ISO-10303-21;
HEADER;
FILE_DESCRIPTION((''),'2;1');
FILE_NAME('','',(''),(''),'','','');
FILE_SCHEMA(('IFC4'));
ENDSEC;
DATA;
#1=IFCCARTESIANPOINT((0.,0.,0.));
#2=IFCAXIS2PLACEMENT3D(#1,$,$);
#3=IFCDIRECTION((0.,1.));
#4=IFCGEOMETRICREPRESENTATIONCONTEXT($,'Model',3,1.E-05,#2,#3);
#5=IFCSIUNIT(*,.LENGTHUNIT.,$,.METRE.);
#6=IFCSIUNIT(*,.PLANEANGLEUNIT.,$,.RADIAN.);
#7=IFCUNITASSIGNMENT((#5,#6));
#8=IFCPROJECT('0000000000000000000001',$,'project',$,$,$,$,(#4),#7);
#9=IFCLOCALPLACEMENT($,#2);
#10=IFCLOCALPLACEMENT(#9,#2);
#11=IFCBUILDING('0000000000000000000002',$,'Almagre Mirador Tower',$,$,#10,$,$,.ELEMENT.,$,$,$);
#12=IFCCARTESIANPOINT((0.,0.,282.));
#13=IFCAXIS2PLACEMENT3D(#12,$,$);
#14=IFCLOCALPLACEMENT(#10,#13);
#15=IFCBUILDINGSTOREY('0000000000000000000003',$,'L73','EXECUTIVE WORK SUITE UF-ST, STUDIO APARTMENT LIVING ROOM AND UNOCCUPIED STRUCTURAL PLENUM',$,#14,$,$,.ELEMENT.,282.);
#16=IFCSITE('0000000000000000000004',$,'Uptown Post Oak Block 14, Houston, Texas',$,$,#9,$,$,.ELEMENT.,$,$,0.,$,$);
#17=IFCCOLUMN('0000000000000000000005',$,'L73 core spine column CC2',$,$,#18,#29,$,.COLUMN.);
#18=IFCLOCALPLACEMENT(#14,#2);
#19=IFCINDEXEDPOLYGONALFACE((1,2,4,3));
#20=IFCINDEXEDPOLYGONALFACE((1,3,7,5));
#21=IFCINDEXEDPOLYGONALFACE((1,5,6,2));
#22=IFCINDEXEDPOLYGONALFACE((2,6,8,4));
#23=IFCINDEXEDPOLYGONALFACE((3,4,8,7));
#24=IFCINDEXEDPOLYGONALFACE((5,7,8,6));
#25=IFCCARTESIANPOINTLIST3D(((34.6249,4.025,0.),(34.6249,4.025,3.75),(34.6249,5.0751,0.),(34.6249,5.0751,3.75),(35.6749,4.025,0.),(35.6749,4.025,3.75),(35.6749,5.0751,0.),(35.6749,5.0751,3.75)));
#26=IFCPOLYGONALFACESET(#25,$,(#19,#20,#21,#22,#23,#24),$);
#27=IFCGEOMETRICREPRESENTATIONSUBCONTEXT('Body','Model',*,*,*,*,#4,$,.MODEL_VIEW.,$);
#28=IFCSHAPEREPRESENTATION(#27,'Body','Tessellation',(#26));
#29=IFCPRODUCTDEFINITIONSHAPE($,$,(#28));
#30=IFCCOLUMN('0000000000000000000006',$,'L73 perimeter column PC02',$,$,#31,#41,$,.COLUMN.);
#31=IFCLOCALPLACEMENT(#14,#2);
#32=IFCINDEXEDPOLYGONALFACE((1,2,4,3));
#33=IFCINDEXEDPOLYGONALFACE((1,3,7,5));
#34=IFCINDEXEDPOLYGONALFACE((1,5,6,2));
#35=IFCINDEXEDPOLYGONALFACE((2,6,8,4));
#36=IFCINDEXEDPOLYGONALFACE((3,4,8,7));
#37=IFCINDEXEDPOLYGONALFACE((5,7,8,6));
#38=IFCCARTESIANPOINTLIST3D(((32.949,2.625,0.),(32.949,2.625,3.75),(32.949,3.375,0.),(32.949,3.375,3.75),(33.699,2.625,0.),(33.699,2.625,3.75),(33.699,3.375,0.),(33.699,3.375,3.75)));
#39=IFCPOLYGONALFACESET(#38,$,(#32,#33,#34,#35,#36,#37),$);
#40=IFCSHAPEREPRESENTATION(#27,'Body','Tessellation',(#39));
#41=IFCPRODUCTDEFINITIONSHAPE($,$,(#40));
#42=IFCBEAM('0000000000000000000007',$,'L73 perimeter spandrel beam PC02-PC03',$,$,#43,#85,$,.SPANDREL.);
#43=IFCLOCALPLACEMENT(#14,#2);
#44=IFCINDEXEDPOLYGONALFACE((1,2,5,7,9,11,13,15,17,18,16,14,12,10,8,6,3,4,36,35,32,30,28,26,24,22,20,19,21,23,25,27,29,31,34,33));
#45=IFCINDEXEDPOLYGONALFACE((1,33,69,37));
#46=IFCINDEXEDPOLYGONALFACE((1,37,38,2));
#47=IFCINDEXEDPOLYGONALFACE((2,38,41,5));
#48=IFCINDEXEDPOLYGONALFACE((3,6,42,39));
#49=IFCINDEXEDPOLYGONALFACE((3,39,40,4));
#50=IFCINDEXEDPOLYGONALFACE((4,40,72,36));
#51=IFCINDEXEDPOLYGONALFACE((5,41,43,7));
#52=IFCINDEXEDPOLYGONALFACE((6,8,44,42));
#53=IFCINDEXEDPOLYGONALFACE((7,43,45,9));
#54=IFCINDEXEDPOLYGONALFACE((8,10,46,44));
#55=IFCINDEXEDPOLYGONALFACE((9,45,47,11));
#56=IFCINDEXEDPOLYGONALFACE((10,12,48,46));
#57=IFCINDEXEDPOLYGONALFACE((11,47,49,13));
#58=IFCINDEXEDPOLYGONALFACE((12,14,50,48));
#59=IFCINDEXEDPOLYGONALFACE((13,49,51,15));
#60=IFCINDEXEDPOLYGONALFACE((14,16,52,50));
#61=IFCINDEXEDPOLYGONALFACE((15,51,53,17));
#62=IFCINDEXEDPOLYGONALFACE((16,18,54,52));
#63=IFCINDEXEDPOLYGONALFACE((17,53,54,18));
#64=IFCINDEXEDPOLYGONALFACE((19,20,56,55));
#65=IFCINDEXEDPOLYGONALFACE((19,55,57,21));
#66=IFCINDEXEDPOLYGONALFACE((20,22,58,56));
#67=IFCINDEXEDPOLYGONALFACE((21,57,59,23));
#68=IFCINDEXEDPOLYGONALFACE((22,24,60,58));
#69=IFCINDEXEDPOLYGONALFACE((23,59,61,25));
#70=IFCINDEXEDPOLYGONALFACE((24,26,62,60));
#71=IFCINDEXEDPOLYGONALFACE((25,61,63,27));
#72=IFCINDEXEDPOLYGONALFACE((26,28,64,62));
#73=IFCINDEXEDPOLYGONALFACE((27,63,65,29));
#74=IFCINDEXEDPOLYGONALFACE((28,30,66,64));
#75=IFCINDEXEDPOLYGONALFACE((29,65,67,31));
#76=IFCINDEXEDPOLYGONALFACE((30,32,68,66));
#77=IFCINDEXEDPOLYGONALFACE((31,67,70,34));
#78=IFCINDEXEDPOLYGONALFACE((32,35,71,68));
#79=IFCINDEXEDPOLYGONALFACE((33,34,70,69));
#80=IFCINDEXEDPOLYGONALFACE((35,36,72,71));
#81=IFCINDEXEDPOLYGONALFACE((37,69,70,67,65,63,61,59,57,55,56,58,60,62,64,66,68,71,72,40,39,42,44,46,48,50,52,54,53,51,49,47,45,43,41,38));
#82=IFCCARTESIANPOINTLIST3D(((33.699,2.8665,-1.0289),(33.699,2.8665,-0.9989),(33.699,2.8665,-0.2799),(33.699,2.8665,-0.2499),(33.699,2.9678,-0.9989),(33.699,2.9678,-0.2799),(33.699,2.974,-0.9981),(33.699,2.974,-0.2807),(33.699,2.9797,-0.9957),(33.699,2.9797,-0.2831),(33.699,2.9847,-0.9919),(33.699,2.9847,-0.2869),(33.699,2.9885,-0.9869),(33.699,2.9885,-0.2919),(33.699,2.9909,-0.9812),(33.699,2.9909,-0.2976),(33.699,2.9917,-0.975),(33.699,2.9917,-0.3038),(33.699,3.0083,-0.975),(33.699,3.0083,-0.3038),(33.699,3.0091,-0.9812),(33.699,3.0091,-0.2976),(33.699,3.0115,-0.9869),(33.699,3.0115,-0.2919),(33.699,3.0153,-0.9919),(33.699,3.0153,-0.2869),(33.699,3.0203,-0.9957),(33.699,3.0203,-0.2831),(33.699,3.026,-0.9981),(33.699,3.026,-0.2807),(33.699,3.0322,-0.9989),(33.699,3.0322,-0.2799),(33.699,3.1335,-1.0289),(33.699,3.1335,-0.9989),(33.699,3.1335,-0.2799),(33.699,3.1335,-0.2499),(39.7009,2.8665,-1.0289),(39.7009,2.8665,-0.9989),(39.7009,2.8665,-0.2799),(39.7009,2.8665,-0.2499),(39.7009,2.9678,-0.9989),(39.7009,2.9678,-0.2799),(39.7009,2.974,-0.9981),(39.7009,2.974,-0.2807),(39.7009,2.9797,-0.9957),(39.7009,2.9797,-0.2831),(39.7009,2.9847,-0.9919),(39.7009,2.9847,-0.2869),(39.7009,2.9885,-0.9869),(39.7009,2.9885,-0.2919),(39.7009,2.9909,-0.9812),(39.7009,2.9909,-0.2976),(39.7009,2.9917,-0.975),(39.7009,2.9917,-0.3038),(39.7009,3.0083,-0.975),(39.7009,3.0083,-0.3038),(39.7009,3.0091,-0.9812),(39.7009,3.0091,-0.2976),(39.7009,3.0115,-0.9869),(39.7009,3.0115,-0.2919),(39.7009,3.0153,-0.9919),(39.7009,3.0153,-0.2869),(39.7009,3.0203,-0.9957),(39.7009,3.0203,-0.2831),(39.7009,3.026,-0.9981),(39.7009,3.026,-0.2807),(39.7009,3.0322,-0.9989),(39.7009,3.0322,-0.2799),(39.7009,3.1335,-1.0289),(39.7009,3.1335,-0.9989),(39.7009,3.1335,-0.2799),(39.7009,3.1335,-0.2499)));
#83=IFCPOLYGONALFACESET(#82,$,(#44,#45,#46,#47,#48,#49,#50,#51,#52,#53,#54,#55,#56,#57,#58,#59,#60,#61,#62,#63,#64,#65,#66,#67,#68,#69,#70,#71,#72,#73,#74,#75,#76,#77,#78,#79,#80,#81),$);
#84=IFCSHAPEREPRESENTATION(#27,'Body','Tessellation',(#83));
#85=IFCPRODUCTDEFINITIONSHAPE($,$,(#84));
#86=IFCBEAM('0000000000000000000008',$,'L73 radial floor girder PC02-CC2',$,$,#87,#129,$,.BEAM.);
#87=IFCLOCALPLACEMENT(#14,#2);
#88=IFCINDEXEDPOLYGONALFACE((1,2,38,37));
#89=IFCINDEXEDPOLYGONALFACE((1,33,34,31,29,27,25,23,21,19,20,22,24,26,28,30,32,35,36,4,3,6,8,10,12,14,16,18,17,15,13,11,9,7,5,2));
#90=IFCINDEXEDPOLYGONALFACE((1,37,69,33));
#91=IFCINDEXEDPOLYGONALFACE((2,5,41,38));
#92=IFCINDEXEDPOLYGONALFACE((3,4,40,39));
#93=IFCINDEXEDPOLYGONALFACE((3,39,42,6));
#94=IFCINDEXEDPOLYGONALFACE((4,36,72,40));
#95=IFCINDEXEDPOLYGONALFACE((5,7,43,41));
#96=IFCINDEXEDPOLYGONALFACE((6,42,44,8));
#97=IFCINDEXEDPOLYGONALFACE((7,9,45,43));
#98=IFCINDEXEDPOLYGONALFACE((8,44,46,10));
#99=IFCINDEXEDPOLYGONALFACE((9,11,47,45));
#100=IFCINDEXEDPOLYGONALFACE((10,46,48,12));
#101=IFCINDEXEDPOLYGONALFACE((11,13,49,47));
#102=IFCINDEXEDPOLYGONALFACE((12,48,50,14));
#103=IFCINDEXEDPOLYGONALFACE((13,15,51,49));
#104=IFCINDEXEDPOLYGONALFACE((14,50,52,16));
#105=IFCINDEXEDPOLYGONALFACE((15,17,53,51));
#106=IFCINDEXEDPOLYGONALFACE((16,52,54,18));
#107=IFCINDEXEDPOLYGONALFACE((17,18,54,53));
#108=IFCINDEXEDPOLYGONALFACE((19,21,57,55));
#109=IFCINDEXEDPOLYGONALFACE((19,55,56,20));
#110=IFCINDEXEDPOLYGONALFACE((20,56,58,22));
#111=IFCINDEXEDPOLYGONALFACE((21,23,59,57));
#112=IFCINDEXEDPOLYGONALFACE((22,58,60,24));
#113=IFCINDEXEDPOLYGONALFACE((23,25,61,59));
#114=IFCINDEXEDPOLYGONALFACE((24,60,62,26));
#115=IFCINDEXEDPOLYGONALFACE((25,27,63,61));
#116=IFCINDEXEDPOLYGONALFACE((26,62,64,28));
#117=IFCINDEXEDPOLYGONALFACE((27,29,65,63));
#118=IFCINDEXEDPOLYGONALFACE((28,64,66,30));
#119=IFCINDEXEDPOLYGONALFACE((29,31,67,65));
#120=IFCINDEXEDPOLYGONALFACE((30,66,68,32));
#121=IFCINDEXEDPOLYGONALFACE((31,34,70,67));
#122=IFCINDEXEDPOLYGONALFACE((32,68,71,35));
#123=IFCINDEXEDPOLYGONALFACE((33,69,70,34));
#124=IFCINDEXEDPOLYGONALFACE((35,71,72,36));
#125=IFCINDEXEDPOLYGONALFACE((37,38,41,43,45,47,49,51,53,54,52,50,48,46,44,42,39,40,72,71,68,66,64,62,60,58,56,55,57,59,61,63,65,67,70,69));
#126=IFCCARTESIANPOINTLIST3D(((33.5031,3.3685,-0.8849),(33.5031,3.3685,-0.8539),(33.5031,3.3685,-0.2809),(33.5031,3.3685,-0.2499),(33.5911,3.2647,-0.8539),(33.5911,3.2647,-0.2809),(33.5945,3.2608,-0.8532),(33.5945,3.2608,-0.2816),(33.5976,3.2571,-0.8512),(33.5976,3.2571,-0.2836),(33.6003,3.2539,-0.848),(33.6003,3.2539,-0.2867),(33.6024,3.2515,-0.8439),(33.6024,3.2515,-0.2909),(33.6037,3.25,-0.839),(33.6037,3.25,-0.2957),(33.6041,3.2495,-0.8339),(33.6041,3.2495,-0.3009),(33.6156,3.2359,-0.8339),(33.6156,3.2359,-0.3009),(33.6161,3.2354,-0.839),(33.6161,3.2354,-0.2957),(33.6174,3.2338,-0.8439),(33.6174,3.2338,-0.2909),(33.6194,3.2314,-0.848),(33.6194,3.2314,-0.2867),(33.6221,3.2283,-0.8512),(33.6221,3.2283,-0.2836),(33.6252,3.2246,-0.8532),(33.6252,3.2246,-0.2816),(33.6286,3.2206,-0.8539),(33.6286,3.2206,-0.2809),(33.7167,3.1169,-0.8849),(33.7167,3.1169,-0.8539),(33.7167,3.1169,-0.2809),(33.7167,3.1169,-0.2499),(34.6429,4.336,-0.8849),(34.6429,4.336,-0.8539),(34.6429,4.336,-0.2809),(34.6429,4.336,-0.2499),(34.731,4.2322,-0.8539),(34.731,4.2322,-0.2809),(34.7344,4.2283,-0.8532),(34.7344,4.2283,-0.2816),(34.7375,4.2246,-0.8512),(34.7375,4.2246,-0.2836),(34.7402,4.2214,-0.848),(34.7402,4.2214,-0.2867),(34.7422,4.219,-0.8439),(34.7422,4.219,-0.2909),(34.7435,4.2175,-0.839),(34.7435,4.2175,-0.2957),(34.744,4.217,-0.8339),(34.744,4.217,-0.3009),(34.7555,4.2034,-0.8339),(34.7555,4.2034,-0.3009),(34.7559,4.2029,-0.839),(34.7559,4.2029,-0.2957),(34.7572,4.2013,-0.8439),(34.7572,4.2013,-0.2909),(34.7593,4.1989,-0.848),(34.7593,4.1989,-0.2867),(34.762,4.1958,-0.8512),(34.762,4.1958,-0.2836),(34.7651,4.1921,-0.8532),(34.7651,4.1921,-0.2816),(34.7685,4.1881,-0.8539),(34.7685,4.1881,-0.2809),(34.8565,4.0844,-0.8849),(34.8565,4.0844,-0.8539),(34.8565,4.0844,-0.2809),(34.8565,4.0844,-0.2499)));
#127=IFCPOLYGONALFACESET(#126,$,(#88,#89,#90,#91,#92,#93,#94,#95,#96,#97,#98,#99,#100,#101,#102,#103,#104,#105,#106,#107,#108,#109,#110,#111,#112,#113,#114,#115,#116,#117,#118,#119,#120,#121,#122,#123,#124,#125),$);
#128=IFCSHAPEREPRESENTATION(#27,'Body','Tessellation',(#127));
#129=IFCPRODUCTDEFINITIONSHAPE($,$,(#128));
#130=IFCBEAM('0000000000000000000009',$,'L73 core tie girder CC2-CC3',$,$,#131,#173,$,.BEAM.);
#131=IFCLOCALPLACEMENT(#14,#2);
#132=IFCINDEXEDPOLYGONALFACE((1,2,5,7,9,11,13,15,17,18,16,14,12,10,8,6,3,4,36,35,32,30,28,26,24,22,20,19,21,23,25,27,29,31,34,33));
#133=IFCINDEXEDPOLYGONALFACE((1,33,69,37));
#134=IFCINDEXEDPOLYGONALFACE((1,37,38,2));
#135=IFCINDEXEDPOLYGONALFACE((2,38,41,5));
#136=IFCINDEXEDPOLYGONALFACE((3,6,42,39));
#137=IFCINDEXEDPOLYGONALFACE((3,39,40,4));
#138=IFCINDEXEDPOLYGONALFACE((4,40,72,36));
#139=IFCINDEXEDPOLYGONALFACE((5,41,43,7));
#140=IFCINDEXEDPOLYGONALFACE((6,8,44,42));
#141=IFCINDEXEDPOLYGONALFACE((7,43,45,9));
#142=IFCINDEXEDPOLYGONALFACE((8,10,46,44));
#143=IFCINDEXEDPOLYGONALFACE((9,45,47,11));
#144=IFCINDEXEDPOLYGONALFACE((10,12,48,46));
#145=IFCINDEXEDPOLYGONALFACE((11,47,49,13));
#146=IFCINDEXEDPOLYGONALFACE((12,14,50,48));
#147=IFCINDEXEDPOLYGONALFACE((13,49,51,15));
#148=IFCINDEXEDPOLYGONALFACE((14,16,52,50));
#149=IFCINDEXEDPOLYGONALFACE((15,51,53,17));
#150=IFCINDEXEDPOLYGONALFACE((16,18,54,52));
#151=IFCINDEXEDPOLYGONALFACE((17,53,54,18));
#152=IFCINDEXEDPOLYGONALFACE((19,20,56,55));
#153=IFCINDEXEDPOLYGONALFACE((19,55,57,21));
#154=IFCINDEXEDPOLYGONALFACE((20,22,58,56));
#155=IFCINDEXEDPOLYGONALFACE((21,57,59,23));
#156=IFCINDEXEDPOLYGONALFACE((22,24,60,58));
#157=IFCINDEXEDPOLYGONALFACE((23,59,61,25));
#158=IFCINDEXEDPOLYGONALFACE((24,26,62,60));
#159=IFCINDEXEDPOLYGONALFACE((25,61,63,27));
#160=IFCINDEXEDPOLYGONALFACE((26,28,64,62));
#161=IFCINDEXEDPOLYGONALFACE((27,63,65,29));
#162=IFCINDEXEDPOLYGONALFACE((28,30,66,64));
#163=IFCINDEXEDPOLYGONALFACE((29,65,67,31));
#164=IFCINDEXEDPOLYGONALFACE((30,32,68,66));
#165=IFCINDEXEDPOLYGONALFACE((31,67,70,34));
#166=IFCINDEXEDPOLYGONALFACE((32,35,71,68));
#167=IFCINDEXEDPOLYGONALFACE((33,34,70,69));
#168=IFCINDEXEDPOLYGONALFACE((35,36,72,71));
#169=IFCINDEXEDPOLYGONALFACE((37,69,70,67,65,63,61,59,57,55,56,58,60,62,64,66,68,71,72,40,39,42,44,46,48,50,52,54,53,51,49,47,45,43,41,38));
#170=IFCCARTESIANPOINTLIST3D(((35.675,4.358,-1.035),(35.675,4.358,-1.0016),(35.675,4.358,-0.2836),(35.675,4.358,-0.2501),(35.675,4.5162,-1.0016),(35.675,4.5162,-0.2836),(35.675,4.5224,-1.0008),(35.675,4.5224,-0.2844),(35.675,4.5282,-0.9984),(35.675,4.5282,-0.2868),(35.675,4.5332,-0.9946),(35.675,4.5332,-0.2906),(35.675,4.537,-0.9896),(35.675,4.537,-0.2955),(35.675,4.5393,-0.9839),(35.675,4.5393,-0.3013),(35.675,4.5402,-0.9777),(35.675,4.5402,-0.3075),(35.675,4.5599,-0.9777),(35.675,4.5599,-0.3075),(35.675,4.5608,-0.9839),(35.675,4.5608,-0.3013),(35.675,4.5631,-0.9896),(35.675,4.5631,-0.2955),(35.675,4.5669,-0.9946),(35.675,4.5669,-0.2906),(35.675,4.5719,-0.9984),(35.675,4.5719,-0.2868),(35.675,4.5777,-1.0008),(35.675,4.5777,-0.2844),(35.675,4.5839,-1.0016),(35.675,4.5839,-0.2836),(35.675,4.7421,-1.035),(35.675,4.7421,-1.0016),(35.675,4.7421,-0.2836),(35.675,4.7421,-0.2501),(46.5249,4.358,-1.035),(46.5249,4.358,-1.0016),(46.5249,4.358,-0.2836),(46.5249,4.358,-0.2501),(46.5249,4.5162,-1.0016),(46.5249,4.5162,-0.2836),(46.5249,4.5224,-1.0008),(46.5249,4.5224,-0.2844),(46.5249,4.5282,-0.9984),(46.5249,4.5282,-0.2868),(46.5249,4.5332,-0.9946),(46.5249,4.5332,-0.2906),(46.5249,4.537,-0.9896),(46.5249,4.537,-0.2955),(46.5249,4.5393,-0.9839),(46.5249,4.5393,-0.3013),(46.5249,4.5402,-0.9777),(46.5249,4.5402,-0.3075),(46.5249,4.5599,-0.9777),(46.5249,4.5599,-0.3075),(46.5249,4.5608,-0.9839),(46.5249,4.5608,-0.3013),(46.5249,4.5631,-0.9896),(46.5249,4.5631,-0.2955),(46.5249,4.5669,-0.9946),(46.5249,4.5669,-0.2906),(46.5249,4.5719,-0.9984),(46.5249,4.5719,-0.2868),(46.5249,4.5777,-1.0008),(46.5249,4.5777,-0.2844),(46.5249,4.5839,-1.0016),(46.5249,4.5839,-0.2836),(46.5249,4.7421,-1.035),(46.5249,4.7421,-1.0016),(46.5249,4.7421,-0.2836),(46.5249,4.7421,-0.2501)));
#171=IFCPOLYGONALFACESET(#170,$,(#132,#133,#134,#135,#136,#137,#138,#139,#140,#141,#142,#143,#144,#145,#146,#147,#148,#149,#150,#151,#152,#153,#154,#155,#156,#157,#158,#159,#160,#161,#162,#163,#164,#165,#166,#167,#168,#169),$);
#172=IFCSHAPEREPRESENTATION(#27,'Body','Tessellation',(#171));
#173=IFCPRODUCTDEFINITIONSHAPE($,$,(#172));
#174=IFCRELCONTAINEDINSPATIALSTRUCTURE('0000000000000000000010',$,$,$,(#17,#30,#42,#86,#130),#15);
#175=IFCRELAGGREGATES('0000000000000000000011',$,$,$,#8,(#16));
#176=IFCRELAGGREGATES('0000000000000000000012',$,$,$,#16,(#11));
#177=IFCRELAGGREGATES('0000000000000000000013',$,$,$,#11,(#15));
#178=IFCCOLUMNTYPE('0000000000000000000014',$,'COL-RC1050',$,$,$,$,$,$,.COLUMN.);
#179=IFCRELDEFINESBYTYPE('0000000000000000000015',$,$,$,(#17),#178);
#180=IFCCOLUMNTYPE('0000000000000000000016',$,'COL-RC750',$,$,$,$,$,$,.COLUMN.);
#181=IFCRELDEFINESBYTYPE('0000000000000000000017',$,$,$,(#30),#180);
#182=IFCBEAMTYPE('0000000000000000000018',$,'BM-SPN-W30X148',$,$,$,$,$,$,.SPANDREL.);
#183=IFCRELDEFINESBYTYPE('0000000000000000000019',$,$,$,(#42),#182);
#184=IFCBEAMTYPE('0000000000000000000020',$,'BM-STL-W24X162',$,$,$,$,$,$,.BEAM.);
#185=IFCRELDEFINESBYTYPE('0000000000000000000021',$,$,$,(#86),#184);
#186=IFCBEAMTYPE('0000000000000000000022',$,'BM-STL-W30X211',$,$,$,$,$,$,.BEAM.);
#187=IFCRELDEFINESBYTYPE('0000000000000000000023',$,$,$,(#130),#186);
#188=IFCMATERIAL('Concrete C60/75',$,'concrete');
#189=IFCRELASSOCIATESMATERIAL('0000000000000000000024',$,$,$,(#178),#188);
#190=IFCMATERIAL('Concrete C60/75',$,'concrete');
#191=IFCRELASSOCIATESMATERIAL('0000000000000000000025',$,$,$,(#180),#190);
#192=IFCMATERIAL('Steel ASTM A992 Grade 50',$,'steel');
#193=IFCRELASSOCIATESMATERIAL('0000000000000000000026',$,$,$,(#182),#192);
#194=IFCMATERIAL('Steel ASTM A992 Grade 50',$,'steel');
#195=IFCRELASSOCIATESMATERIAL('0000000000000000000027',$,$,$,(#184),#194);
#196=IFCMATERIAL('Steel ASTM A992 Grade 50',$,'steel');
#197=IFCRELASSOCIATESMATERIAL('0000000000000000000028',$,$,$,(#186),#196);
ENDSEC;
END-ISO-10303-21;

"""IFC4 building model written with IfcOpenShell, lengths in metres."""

from ifc_helpers import new_model, si_unit, direction, frame, origin, origin_2d, place, context, subcontext, project, spatial, rectangle, i_section, extrude, material, material_profile, profile_set, type_object, element, save


model = new_model("IFC4")

# Units and contexts
model_context = context("Model", 3, precision=1e-05, world=origin(), true_north=direction((0.0, 1.0)))
body_context = subcontext(model_context, "Body", "Model", "MODEL_VIEW")
ifc_project = project(units=[si_unit("LENGTHUNIT", "METRE"), si_unit("PLANEANGLEUNIT", "RADIAN")], contexts=[model_context])

# Site, building, storey
site_placement = place(None, origin())
site = spatial("IfcSite", under=ifc_project, at=site_placement, Name="Uptown Post Oak Block 14, Houston, Texas", CompositionType="ELEMENT", RefElevation=0.0)
building_placement = place(site_placement, origin())
building = spatial("IfcBuilding", under=site, at=building_placement, Name="Almagre Mirador Tower", CompositionType="ELEMENT")
storey_placement = place(building_placement, frame((0.0, 0.0, 282.0)))
storey = spatial("IfcBuildingStorey", under=building, at=storey_placement, Name="L73", Description="EXECUTIVE WORK SUITE UF-ST, STUDIO APARTMENT LIVING ROOM AND UNOCCUPIED STRUCTURAL PLENUM", CompositionType="ELEMENT", Elevation=282.0)

# Columns
ifc_material_1 = material(Name="Concrete C60/75", Category="concrete")
ifc_material_profile_1 = material_profile(ifc_material_1, rectangle(XDim=1.05, YDim=1.05, at=origin_2d()), Name="RC1050X1050")
ifc_profile_set_1 = profile_set([ifc_material_profile_1], Name="Concrete C60/75")
column_type_1 = type_object("IfcColumnType", Name="COL-RC1050", PredefinedType="COLUMN", material=ifc_profile_set_1)
column_1_placement = place(storey_placement, frame((35.1499, 4.55, 0.0), z_axis=(0.0, 0.0, 1.0), x_axis=(1.0, 0.0, 0.0)))
element("IfcColumn", 1, at=column_1_placement, inside=storey, type_object=column_type_1, Name="L73 core spine column CC2", PredefinedType="COLUMN", context=body_context, shape_type="SweptSolid", body=[
    extrude(rectangle(XDim=1.05, YDim=1.05, at=origin_2d()), origin(), (0.0, 0.0, 1.0), 3.75),
])
ifc_material_2 = material(Name="Concrete C60/75", Category="concrete")
ifc_material_profile_2 = material_profile(ifc_material_2, rectangle(XDim=0.75, YDim=0.75, at=origin_2d()), Name="RC750X750")
ifc_profile_set_2 = profile_set([ifc_material_profile_2], Name="Concrete C60/75")
column_type_2 = type_object("IfcColumnType", Name="COL-RC750", PredefinedType="COLUMN", material=ifc_profile_set_2)
column_2_placement = place(storey_placement, frame((33.324, 3.0, 0.0), z_axis=(0.0, 0.0, 1.0), x_axis=(1.0, 0.0, 0.0)))
element("IfcColumn", 2, at=column_2_placement, inside=storey, type_object=column_type_2, Name="L73 perimeter column PC02", PredefinedType="COLUMN", context=body_context, shape_type="SweptSolid", body=[
    extrude(rectangle(XDim=0.75, YDim=0.75, at=origin_2d()), origin(), (0.0, 0.0, 1.0), 3.75),
])

# Beams
ifc_material_3 = material(Name="Steel ASTM A992 Grade 50", Category="steel")
ifc_material_profile_3 = material_profile(ifc_material_3, i_section(OverallWidth=0.2671, OverallDepth=0.7791, WebThickness=0.0166, FlangeThickness=0.03, FilletRadius=0.0239, at=origin_2d()), Name="W30X148")
ifc_profile_set_3 = profile_set([ifc_material_profile_3], Name="Steel ASTM A992 Grade 50")
beam_type_1 = type_object("IfcBeamType", Name="BM-SPN-W30X148", PredefinedType="SPANDREL", material=ifc_profile_set_3)
beam_1_placement = place(storey_placement, frame((33.699, 3.0, -0.6394), z_axis=(1.0, 0.0, 0.0), x_axis=(0.0, 1.0, 0.0)))
element("IfcBeam", 3, at=beam_1_placement, inside=storey, type_object=beam_type_1, Name="L73 perimeter spandrel beam PC02-PC03", PredefinedType="SPANDREL", context=body_context, shape_type="SweptSolid", body=[
    extrude(i_section(OverallWidth=0.2671, OverallDepth=0.7791, WebThickness=0.0166, FlangeThickness=0.03, FilletRadius=0.0239, at=origin_2d()), origin(), (0.0, 0.0, 1.0), 6.002),
])
ifc_material_4 = material(Name="Steel ASTM A992 Grade 50", Category="steel")
ifc_material_profile_4 = material_profile(ifc_material_4, i_section(OverallWidth=0.3301, OverallDepth=0.635, WebThickness=0.0178, FlangeThickness=0.031, FilletRadius=0.02, at=origin_2d()), Name="W24X162")
ifc_profile_set_4 = profile_set([ifc_material_profile_4], Name="Steel ASTM A992 Grade 50")
beam_type_2 = type_object("IfcBeamType", Name="BM-STL-W24X162", PredefinedType="BEAM", material=ifc_profile_set_4)
beam_2_placement = place(storey_placement, frame((33.6099, 3.2427, -0.5674), z_axis=(0.762394, 0.647113, 0.0), x_axis=(-0.647113, 0.762394, 0.0)))
element("IfcBeam", 4, at=beam_2_placement, inside=storey, type_object=beam_type_2, Name="L73 radial floor girder PC02-CC2", PredefinedType="BEAM", context=body_context, shape_type="SweptSolid", body=[
    extrude(i_section(OverallWidth=0.3301, OverallDepth=0.635, WebThickness=0.0178, FlangeThickness=0.031, FilletRadius=0.02, at=origin_2d()), origin(), (0.0, 0.0, 1.0), 1.4951),
])
ifc_material_5 = material(Name="Steel ASTM A992 Grade 50", Category="steel")
ifc_material_profile_5 = material_profile(ifc_material_5, i_section(OverallWidth=0.384, OverallDepth=0.7849, WebThickness=0.0198, FlangeThickness=0.0334, FilletRadius=0.0239, at=origin_2d()), Name="W30X211")
ifc_profile_set_5 = profile_set([ifc_material_profile_5], Name="Steel ASTM A992 Grade 50")
beam_type_3 = type_object("IfcBeamType", Name="BM-STL-W30X211", PredefinedType="BEAM", material=ifc_profile_set_5)
beam_3_placement = place(storey_placement, frame((35.675, 4.55, -0.6426), z_axis=(1.0, 0.0, 0.0), x_axis=(0.0, 1.0, 0.0)))
element("IfcBeam", 5, at=beam_3_placement, inside=storey, type_object=beam_type_3, Name="L73 core tie girder CC2-CC3", PredefinedType="BEAM", context=body_context, shape_type="SweptSolid", body=[
    extrude(i_section(OverallWidth=0.384, OverallDepth=0.7849, WebThickness=0.0198, FlangeThickness=0.0334, FilletRadius=0.0239, at=origin_2d()), origin(), (0.0, 0.0, 1.0), 10.8499),
])

save(model, "model.ifc")
